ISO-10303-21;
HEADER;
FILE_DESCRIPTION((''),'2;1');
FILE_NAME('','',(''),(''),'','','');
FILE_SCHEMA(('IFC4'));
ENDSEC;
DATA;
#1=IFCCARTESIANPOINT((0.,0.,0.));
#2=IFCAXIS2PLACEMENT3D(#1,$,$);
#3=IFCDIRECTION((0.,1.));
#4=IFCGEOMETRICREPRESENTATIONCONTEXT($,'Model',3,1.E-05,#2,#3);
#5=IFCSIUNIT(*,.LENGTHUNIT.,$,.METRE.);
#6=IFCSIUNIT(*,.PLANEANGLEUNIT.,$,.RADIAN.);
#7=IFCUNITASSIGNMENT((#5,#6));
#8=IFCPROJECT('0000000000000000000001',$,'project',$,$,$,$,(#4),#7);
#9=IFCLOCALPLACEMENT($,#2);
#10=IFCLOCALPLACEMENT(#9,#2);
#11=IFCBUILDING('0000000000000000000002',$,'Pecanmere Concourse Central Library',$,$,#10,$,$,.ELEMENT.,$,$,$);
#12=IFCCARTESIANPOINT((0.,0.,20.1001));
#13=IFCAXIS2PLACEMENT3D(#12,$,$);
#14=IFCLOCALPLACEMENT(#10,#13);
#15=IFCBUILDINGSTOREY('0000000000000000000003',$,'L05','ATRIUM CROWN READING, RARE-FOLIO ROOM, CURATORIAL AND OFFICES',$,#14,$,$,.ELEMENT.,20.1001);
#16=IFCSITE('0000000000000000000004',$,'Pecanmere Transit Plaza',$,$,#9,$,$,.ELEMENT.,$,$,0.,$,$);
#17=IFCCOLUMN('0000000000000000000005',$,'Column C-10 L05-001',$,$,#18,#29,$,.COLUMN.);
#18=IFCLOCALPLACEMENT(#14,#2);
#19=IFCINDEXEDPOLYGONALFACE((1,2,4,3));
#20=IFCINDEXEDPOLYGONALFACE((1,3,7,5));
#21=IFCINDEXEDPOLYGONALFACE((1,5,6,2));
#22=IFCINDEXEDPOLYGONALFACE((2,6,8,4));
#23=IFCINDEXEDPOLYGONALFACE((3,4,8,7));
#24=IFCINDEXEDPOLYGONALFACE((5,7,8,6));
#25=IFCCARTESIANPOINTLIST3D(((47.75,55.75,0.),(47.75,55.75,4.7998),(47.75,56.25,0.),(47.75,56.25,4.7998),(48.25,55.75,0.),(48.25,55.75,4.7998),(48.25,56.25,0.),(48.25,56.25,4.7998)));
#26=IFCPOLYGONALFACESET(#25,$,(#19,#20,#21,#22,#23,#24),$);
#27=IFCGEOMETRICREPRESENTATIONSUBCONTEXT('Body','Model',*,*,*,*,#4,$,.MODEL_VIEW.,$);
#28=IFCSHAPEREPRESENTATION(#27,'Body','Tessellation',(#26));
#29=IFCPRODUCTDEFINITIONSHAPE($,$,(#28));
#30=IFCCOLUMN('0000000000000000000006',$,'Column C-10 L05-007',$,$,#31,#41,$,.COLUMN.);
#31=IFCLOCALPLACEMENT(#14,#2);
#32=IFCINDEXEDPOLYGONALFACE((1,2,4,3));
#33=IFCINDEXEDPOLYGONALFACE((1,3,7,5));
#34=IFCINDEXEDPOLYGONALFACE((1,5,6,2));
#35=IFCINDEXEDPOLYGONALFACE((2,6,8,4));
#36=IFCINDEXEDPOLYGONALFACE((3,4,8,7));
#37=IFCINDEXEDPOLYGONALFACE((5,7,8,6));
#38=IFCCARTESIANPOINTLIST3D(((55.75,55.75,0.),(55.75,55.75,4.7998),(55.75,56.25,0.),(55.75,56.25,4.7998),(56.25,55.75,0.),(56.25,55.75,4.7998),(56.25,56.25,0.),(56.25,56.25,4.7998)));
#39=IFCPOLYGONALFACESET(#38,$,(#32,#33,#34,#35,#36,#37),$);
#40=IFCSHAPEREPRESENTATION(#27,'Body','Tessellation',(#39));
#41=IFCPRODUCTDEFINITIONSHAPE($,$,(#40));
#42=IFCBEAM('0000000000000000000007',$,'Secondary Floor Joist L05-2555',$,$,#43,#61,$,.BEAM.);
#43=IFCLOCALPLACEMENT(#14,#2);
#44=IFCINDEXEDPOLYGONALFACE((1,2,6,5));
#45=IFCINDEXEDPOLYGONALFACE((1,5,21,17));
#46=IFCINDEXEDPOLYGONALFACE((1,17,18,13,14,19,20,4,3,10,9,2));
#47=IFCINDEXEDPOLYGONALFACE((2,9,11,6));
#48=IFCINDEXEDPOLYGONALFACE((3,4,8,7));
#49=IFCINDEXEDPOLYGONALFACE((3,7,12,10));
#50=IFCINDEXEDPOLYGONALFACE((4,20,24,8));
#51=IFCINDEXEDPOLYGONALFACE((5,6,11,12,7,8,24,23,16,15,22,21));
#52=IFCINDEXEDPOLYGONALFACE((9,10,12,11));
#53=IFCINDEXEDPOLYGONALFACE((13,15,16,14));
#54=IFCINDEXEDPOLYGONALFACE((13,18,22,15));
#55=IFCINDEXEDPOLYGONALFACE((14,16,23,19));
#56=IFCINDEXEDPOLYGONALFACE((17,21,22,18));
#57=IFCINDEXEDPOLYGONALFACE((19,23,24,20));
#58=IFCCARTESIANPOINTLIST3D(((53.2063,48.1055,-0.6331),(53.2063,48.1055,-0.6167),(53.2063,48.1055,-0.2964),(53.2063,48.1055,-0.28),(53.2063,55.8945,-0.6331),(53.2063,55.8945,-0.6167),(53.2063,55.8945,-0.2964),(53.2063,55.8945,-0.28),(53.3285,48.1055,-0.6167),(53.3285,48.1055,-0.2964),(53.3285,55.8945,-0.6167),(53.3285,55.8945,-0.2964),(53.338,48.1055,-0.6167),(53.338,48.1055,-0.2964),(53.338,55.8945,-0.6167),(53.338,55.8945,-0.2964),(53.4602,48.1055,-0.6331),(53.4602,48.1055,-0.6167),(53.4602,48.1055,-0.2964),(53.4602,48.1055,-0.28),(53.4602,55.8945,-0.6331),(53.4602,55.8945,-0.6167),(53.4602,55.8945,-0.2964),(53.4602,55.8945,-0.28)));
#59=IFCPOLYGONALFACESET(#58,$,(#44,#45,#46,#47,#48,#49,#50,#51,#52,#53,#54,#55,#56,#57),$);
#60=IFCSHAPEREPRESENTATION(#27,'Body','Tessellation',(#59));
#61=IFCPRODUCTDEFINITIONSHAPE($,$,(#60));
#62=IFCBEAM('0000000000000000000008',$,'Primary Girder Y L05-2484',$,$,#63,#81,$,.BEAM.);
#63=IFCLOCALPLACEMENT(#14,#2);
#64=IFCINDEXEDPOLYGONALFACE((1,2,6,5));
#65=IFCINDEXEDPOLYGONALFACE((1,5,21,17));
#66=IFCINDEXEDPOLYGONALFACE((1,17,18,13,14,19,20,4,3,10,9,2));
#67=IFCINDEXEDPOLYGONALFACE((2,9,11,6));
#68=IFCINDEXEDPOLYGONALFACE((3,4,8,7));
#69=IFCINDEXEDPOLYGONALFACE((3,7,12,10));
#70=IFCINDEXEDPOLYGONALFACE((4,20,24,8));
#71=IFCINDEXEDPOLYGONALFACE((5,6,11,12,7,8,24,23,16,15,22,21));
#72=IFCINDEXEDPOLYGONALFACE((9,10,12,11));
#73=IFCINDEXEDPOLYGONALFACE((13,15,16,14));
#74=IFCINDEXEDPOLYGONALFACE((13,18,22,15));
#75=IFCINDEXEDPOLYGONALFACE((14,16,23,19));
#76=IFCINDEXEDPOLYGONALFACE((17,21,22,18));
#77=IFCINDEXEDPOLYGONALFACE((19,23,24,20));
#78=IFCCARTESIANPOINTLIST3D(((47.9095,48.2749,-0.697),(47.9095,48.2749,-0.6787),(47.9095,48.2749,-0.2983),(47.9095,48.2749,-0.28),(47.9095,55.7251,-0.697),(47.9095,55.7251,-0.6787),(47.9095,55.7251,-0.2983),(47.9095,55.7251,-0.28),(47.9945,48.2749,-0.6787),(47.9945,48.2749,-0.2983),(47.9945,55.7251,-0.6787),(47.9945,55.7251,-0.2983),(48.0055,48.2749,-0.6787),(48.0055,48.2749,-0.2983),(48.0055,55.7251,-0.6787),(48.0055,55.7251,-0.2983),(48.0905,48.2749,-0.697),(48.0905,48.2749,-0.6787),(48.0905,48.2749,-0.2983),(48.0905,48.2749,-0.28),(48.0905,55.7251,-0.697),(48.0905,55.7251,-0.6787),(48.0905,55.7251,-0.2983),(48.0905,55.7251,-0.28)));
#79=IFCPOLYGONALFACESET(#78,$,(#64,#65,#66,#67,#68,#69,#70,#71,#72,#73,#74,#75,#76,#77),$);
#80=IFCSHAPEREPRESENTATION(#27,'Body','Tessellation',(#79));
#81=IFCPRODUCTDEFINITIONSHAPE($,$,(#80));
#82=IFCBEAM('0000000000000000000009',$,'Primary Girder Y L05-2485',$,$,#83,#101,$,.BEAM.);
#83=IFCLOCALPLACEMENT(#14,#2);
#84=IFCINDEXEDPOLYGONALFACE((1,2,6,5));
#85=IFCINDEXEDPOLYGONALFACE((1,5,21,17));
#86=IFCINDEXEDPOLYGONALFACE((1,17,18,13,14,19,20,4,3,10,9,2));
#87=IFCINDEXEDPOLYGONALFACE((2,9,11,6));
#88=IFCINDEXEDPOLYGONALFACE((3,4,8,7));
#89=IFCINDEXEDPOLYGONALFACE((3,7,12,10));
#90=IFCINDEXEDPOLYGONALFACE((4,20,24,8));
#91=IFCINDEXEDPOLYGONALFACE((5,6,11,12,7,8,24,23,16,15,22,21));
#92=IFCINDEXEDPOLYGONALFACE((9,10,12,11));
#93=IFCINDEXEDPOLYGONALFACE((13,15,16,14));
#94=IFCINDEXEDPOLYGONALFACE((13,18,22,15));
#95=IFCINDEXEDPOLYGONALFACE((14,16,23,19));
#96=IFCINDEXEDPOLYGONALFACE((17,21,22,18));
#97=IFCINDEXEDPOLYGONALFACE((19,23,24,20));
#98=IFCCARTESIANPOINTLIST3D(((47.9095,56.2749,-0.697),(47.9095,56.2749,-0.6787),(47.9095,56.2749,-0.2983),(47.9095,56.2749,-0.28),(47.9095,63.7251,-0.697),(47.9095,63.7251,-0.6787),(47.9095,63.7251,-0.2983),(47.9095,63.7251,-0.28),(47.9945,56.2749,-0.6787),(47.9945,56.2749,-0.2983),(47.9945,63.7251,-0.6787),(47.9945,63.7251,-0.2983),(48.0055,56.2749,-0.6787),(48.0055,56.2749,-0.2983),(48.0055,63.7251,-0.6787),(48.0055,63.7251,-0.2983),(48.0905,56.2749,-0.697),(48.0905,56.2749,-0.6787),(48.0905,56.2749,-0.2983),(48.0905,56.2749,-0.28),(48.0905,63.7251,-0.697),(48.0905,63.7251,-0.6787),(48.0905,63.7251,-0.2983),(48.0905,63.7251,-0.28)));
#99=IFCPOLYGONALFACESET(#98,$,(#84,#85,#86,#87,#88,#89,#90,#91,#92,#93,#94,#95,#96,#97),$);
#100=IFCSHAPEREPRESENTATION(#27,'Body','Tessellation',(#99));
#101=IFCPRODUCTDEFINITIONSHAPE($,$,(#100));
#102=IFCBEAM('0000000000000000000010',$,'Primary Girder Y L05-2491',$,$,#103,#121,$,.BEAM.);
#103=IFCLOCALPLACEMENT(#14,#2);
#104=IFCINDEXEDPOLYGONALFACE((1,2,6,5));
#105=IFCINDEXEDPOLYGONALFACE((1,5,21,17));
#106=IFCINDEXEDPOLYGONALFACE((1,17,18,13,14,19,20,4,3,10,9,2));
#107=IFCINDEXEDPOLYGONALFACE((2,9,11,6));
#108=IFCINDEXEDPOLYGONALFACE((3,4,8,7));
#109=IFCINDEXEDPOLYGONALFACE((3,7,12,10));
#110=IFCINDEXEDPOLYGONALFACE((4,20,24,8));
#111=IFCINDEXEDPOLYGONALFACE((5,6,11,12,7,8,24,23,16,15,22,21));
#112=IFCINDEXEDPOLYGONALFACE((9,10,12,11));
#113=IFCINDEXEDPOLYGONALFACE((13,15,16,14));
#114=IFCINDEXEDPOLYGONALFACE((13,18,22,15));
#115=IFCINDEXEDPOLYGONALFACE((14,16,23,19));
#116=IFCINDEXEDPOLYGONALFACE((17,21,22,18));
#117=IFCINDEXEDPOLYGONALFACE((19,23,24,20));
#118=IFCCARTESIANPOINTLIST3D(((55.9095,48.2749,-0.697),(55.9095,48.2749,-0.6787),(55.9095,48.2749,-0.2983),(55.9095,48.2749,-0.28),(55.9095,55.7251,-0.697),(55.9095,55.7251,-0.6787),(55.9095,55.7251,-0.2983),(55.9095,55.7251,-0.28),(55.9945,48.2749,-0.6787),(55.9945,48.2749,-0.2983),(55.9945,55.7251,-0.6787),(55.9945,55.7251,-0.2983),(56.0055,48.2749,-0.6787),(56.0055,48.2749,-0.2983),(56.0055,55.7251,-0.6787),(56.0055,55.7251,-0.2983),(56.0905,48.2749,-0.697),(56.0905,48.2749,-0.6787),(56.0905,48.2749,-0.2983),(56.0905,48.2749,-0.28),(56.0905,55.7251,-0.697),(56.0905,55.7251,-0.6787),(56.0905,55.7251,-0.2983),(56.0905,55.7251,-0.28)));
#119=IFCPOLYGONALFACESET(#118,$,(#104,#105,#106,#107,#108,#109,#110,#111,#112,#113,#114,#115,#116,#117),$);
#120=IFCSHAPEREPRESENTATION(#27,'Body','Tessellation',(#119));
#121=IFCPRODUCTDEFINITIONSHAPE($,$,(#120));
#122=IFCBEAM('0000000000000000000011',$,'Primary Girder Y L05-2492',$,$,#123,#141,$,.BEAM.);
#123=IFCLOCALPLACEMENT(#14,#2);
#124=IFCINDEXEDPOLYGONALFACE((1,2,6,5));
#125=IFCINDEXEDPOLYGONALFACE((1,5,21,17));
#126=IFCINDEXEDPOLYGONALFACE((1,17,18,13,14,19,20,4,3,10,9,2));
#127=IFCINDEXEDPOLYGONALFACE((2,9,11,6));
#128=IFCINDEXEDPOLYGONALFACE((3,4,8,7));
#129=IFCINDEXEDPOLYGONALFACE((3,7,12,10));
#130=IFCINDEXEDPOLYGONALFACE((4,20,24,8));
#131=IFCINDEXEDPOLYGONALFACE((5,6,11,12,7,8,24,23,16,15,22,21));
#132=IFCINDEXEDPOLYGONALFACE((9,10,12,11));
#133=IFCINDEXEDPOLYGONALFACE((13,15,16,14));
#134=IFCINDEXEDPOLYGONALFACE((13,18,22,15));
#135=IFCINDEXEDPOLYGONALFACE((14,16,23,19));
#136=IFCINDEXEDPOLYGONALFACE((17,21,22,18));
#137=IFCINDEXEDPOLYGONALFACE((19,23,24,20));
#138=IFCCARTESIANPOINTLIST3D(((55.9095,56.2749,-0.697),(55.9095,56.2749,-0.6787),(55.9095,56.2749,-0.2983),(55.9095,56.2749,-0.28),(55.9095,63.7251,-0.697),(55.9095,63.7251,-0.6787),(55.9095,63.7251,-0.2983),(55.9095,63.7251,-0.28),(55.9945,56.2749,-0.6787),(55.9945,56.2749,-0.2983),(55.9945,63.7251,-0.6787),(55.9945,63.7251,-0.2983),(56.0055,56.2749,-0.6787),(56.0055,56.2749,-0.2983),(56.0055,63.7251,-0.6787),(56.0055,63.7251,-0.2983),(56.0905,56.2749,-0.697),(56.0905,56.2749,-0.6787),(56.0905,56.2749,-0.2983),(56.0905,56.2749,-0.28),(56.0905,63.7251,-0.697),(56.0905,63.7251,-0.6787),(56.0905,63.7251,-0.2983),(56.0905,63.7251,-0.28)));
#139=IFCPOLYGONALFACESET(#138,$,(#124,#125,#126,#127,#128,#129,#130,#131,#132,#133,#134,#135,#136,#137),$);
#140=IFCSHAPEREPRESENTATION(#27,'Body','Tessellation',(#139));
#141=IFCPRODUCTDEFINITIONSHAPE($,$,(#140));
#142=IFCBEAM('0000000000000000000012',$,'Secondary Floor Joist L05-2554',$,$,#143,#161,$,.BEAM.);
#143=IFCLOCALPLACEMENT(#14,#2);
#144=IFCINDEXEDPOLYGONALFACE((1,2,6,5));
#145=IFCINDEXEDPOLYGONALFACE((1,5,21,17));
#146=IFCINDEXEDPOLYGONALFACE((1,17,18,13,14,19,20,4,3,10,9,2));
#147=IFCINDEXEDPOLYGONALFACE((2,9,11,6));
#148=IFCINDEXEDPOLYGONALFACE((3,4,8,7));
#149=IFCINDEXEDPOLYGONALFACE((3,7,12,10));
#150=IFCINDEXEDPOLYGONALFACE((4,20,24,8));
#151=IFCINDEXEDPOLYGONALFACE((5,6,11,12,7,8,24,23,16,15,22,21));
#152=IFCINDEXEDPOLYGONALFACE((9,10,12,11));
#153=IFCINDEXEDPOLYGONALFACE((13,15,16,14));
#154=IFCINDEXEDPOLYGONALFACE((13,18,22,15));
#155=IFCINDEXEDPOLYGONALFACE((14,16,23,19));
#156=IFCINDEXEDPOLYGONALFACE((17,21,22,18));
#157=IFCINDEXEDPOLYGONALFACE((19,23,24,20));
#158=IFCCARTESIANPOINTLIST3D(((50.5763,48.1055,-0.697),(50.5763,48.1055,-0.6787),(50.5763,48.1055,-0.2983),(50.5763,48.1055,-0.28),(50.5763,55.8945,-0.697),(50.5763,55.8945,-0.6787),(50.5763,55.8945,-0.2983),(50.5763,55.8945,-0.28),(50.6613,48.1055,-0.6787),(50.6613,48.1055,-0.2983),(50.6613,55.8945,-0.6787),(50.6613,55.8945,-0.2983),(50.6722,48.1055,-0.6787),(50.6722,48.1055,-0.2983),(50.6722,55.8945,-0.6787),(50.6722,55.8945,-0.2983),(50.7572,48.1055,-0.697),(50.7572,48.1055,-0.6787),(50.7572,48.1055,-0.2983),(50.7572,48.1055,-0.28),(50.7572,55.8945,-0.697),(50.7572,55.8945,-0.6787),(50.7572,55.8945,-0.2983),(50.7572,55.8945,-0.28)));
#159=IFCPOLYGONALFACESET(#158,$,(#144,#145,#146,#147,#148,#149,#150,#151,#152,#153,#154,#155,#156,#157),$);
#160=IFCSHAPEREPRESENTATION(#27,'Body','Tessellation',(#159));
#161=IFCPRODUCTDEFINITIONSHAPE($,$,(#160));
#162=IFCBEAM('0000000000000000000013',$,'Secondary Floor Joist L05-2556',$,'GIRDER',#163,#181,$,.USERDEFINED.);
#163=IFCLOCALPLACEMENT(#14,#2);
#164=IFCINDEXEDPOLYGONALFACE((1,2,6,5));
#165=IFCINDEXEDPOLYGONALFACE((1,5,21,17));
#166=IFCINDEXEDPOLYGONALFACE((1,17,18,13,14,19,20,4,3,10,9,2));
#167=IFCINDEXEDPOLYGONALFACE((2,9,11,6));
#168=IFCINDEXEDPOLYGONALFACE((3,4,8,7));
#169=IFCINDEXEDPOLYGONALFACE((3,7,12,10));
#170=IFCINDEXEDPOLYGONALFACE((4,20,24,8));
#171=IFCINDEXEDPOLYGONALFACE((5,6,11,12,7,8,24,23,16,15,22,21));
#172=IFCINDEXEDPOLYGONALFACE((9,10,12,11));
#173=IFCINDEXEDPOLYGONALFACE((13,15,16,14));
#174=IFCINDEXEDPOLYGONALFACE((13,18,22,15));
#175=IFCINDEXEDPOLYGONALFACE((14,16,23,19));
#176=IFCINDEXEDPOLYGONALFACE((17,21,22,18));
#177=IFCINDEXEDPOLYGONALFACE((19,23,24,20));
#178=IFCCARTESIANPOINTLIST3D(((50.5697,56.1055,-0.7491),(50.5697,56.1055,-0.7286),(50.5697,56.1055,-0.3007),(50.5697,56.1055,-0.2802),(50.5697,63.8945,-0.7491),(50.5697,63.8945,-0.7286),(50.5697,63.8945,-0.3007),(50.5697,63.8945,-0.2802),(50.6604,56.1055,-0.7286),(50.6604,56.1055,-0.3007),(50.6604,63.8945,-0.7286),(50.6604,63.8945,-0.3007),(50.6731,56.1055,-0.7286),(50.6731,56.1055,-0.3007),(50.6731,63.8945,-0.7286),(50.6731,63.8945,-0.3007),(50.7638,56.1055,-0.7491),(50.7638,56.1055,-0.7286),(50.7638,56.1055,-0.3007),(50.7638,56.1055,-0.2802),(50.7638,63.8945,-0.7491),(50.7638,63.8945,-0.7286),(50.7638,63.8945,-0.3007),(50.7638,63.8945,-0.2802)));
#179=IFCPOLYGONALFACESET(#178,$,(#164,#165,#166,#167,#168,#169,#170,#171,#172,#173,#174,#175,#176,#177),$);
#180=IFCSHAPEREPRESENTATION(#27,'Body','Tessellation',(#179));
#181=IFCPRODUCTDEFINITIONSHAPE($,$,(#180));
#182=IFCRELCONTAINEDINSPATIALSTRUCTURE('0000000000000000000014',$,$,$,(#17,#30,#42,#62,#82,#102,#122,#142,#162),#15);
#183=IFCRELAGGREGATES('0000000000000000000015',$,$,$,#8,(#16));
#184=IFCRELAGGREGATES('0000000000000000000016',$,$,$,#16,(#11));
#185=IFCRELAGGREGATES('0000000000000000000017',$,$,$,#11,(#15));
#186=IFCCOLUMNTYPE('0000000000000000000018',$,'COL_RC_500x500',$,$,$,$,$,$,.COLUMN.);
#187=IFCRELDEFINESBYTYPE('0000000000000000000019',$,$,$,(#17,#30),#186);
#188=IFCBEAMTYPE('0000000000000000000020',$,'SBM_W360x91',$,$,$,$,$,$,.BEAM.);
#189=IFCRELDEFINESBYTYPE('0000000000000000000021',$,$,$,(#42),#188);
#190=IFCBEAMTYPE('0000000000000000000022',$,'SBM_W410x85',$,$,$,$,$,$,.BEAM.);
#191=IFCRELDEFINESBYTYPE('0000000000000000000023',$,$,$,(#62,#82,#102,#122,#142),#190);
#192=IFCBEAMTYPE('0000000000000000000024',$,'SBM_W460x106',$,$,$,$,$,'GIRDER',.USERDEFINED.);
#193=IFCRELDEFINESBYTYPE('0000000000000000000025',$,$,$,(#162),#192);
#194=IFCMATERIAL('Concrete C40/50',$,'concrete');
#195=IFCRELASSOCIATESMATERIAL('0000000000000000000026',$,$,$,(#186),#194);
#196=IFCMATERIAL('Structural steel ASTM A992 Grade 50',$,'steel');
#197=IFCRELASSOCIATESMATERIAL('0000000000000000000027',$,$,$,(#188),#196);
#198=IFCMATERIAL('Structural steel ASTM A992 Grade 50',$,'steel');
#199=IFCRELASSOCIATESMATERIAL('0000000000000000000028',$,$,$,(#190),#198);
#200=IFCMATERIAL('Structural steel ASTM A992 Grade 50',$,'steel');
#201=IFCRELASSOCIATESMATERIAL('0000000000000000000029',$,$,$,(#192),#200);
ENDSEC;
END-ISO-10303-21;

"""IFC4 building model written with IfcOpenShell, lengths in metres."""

from ifc_helpers import new_model, si_unit, direction, frame, origin, origin_2d, place, context, subcontext, project, spatial, rectangle, i_section, extrude, material, material_profile, profile_set, type_object, element, save


model = new_model("IFC4")

# Units and contexts
model_context = context("Model", 3, precision=1e-05, world=origin(), true_north=direction((0.0, 1.0)))
body_context = subcontext(model_context, "Body", "Model", "MODEL_VIEW")
ifc_project = project(units=[si_unit("LENGTHUNIT", "METRE"), si_unit("PLANEANGLEUNIT", "RADIAN")], contexts=[model_context])

# Site, building, storey
site_placement = place(None, origin())
site = spatial("IfcSite", under=ifc_project, at=site_placement, Name="Pecanmere Transit Plaza", CompositionType="ELEMENT", RefElevation=0.0)
building_placement = place(site_placement, origin())
building = spatial("IfcBuilding", under=site, at=building_placement, Name="Pecanmere Concourse Central Library", CompositionType="ELEMENT")
storey_placement = place(building_placement, frame((0.0, 0.0, 20.1001)))
storey = spatial("IfcBuildingStorey", under=building, at=storey_placement, Name="L05", Description="ATRIUM CROWN READING, RARE-FOLIO ROOM, CURATORIAL AND OFFICES", CompositionType="ELEMENT", Elevation=20.1001)

# Columns
ifc_material_1 = material(Name="Concrete C40/50", Category="concrete")
ifc_material_profile_1 = material_profile(ifc_material_1, rectangle(XDim=0.5, YDim=0.5, at=origin_2d()), Name="RC 500x500")
ifc_profile_set_1 = profile_set([ifc_material_profile_1], Name="Concrete C40/50")
column_type = type_object("IfcColumnType", Name="COL_RC_500x500", PredefinedType="COLUMN", material=ifc_profile_set_1)
for number, where, z_axis, x_axis, name in (
    (1, (48.0, 56.0, 0.0), (0.0, 0.0, 1.0), (1.0, 0.0, 0.0), "Column C-10 L05-001"),
    (2, (56.0, 56.0, 0.0), (0.0, 0.0, 1.0), (1.0, 0.0, 0.0), "Column C-10 L05-007"),
):
    element("IfcColumn", number, at=place(storey_placement, frame(where, z_axis=z_axis, x_axis=x_axis)), inside=storey, type_object=column_type, Name=name, PredefinedType="COLUMN", context=body_context, shape_type="SweptSolid", body=[
        extrude(rectangle(XDim=0.5, YDim=0.5, at=origin_2d()), origin(), (0.0, 0.0, 1.0), 4.7998),
    ])

# Beams
ifc_material_2 = material(Name="Structural steel ASTM A992 Grade 50", Category="steel")
ifc_material_profile_2 = material_profile(ifc_material_2, i_section(OverallWidth=0.2539, OverallDepth=0.353, WebThickness=0.0095, FlangeThickness=0.0164, at=origin_2d()), Name="W360x91")
ifc_profile_set_2 = profile_set([ifc_material_profile_2], Name="Structural steel ASTM A992 Grade 50")
beam_type_1 = type_object("IfcBeamType", Name="SBM_W360x91", PredefinedType="BEAM", material=ifc_profile_set_2)
beam_1_placement = place(storey_placement, frame((53.3333, 48.1055, -0.4565), z_axis=(0.0, 1.0, 0.0), x_axis=(-1.0, 0.0, 0.0)))
element("IfcBeam", 3, at=beam_1_placement, inside=storey, type_object=beam_type_1, Name="Secondary Floor Joist L05-2555", PredefinedType="BEAM", context=body_context, shape_type="SweptSolid", body=[
    extrude(i_section(OverallWidth=0.2539, OverallDepth=0.353, WebThickness=0.0095, FlangeThickness=0.0164, at=origin_2d()), origin(), (0.0, 0.0, 1.0), 7.7891),
])
ifc_material_3 = material(Name="Structural steel ASTM A992 Grade 50", Category="steel")
ifc_material_profile_3 = material_profile(ifc_material_3, i_section(OverallWidth=0.1809, OverallDepth=0.417, WebThickness=0.011, FlangeThickness=0.0183, at=origin_2d()), Name="W410x85")
ifc_profile_set_3 = profile_set([ifc_material_profile_3], Name="Structural steel ASTM A992 Grade 50")
beam_type_2 = type_object("IfcBeamType", Name="SBM_W410x85", PredefinedType="BEAM", material=ifc_profile_set_3)
for number, where, z_axis, x_axis, name in (
    (4, (48.0, 48.2749, -0.4885), (0.0, 1.0, 0.0), (-1.0, 0.0, 0.0), "Primary Girder Y L05-2484"),
    (5, (48.0, 56.2749, -0.4885), (0.0, 1.0, 0.0), (-1.0, 0.0, 0.0), "Primary Girder Y L05-2485"),
    (6, (56.0, 48.2749, -0.4885), (0.0, 1.0, 0.0), (-1.0, 0.0, 0.0), "Primary Girder Y L05-2491"),
    (7, (56.0, 56.2749, -0.4885), (0.0, 1.0, 0.0), (-1.0, 0.0, 0.0), "Primary Girder Y L05-2492"),
):
    element("IfcBeam", number, at=place(storey_placement, frame(where, z_axis=z_axis, x_axis=x_axis)), inside=storey, type_object=beam_type_2, Name=name, PredefinedType="BEAM", context=body_context, shape_type="SweptSolid", body=[
        extrude(i_section(OverallWidth=0.1809, OverallDepth=0.417, WebThickness=0.011, FlangeThickness=0.0183, at=origin_2d()), origin(), (0.0, 0.0, 1.0), 7.4502),
    ])
beam_2_placement = place(storey_placement, frame((50.6667, 48.1055, -0.4885), z_axis=(0.0, 1.0, 0.0), x_axis=(-1.0, 0.0, 0.0)))
element("IfcBeam", 8, at=beam_2_placement, inside=storey, type_object=beam_type_2, Name="Secondary Floor Joist L05-2554", PredefinedType="BEAM", context=body_context, shape_type="SweptSolid", body=[
    extrude(i_section(OverallWidth=0.1809, OverallDepth=0.417, WebThickness=0.011, FlangeThickness=0.0183, at=origin_2d()), origin(), (0.0, 0.0, 1.0), 7.7891),
])
ifc_material_4 = material(Name="Structural steel ASTM A992 Grade 50", Category="steel")
ifc_material_profile_4 = material_profile(ifc_material_4, i_section(OverallWidth=0.1941, OverallDepth=0.469, WebThickness=0.0127, FlangeThickness=0.0205, at=origin_2d()), Name="W460x106")
ifc_profile_set_4 = profile_set([ifc_material_profile_4], Name="Structural steel ASTM A992 Grade 50")
beam_type_3 = type_object("IfcBeamType", Name="SBM_W460x106", ElementType="GIRDER", PredefinedType="USERDEFINED", material=ifc_profile_set_4)
beam_3_placement = place(storey_placement, frame((50.6667, 56.1055, -0.5146), z_axis=(0.0, 1.0, 0.0), x_axis=(-1.0, 0.0, 0.0)))
element("IfcBeam", 9, at=beam_3_placement, inside=storey, type_object=beam_type_3, Name="Secondary Floor Joist L05-2556", ObjectType="GIRDER", PredefinedType="USERDEFINED", context=body_context, shape_type="SweptSolid", body=[
    extrude(i_section(OverallWidth=0.1941, OverallDepth=0.469, WebThickness=0.0127, FlangeThickness=0.0205, at=origin_2d()), origin(), (0.0, 0.0, 1.0), 7.7891),
])

save(model, "model.ifc")
